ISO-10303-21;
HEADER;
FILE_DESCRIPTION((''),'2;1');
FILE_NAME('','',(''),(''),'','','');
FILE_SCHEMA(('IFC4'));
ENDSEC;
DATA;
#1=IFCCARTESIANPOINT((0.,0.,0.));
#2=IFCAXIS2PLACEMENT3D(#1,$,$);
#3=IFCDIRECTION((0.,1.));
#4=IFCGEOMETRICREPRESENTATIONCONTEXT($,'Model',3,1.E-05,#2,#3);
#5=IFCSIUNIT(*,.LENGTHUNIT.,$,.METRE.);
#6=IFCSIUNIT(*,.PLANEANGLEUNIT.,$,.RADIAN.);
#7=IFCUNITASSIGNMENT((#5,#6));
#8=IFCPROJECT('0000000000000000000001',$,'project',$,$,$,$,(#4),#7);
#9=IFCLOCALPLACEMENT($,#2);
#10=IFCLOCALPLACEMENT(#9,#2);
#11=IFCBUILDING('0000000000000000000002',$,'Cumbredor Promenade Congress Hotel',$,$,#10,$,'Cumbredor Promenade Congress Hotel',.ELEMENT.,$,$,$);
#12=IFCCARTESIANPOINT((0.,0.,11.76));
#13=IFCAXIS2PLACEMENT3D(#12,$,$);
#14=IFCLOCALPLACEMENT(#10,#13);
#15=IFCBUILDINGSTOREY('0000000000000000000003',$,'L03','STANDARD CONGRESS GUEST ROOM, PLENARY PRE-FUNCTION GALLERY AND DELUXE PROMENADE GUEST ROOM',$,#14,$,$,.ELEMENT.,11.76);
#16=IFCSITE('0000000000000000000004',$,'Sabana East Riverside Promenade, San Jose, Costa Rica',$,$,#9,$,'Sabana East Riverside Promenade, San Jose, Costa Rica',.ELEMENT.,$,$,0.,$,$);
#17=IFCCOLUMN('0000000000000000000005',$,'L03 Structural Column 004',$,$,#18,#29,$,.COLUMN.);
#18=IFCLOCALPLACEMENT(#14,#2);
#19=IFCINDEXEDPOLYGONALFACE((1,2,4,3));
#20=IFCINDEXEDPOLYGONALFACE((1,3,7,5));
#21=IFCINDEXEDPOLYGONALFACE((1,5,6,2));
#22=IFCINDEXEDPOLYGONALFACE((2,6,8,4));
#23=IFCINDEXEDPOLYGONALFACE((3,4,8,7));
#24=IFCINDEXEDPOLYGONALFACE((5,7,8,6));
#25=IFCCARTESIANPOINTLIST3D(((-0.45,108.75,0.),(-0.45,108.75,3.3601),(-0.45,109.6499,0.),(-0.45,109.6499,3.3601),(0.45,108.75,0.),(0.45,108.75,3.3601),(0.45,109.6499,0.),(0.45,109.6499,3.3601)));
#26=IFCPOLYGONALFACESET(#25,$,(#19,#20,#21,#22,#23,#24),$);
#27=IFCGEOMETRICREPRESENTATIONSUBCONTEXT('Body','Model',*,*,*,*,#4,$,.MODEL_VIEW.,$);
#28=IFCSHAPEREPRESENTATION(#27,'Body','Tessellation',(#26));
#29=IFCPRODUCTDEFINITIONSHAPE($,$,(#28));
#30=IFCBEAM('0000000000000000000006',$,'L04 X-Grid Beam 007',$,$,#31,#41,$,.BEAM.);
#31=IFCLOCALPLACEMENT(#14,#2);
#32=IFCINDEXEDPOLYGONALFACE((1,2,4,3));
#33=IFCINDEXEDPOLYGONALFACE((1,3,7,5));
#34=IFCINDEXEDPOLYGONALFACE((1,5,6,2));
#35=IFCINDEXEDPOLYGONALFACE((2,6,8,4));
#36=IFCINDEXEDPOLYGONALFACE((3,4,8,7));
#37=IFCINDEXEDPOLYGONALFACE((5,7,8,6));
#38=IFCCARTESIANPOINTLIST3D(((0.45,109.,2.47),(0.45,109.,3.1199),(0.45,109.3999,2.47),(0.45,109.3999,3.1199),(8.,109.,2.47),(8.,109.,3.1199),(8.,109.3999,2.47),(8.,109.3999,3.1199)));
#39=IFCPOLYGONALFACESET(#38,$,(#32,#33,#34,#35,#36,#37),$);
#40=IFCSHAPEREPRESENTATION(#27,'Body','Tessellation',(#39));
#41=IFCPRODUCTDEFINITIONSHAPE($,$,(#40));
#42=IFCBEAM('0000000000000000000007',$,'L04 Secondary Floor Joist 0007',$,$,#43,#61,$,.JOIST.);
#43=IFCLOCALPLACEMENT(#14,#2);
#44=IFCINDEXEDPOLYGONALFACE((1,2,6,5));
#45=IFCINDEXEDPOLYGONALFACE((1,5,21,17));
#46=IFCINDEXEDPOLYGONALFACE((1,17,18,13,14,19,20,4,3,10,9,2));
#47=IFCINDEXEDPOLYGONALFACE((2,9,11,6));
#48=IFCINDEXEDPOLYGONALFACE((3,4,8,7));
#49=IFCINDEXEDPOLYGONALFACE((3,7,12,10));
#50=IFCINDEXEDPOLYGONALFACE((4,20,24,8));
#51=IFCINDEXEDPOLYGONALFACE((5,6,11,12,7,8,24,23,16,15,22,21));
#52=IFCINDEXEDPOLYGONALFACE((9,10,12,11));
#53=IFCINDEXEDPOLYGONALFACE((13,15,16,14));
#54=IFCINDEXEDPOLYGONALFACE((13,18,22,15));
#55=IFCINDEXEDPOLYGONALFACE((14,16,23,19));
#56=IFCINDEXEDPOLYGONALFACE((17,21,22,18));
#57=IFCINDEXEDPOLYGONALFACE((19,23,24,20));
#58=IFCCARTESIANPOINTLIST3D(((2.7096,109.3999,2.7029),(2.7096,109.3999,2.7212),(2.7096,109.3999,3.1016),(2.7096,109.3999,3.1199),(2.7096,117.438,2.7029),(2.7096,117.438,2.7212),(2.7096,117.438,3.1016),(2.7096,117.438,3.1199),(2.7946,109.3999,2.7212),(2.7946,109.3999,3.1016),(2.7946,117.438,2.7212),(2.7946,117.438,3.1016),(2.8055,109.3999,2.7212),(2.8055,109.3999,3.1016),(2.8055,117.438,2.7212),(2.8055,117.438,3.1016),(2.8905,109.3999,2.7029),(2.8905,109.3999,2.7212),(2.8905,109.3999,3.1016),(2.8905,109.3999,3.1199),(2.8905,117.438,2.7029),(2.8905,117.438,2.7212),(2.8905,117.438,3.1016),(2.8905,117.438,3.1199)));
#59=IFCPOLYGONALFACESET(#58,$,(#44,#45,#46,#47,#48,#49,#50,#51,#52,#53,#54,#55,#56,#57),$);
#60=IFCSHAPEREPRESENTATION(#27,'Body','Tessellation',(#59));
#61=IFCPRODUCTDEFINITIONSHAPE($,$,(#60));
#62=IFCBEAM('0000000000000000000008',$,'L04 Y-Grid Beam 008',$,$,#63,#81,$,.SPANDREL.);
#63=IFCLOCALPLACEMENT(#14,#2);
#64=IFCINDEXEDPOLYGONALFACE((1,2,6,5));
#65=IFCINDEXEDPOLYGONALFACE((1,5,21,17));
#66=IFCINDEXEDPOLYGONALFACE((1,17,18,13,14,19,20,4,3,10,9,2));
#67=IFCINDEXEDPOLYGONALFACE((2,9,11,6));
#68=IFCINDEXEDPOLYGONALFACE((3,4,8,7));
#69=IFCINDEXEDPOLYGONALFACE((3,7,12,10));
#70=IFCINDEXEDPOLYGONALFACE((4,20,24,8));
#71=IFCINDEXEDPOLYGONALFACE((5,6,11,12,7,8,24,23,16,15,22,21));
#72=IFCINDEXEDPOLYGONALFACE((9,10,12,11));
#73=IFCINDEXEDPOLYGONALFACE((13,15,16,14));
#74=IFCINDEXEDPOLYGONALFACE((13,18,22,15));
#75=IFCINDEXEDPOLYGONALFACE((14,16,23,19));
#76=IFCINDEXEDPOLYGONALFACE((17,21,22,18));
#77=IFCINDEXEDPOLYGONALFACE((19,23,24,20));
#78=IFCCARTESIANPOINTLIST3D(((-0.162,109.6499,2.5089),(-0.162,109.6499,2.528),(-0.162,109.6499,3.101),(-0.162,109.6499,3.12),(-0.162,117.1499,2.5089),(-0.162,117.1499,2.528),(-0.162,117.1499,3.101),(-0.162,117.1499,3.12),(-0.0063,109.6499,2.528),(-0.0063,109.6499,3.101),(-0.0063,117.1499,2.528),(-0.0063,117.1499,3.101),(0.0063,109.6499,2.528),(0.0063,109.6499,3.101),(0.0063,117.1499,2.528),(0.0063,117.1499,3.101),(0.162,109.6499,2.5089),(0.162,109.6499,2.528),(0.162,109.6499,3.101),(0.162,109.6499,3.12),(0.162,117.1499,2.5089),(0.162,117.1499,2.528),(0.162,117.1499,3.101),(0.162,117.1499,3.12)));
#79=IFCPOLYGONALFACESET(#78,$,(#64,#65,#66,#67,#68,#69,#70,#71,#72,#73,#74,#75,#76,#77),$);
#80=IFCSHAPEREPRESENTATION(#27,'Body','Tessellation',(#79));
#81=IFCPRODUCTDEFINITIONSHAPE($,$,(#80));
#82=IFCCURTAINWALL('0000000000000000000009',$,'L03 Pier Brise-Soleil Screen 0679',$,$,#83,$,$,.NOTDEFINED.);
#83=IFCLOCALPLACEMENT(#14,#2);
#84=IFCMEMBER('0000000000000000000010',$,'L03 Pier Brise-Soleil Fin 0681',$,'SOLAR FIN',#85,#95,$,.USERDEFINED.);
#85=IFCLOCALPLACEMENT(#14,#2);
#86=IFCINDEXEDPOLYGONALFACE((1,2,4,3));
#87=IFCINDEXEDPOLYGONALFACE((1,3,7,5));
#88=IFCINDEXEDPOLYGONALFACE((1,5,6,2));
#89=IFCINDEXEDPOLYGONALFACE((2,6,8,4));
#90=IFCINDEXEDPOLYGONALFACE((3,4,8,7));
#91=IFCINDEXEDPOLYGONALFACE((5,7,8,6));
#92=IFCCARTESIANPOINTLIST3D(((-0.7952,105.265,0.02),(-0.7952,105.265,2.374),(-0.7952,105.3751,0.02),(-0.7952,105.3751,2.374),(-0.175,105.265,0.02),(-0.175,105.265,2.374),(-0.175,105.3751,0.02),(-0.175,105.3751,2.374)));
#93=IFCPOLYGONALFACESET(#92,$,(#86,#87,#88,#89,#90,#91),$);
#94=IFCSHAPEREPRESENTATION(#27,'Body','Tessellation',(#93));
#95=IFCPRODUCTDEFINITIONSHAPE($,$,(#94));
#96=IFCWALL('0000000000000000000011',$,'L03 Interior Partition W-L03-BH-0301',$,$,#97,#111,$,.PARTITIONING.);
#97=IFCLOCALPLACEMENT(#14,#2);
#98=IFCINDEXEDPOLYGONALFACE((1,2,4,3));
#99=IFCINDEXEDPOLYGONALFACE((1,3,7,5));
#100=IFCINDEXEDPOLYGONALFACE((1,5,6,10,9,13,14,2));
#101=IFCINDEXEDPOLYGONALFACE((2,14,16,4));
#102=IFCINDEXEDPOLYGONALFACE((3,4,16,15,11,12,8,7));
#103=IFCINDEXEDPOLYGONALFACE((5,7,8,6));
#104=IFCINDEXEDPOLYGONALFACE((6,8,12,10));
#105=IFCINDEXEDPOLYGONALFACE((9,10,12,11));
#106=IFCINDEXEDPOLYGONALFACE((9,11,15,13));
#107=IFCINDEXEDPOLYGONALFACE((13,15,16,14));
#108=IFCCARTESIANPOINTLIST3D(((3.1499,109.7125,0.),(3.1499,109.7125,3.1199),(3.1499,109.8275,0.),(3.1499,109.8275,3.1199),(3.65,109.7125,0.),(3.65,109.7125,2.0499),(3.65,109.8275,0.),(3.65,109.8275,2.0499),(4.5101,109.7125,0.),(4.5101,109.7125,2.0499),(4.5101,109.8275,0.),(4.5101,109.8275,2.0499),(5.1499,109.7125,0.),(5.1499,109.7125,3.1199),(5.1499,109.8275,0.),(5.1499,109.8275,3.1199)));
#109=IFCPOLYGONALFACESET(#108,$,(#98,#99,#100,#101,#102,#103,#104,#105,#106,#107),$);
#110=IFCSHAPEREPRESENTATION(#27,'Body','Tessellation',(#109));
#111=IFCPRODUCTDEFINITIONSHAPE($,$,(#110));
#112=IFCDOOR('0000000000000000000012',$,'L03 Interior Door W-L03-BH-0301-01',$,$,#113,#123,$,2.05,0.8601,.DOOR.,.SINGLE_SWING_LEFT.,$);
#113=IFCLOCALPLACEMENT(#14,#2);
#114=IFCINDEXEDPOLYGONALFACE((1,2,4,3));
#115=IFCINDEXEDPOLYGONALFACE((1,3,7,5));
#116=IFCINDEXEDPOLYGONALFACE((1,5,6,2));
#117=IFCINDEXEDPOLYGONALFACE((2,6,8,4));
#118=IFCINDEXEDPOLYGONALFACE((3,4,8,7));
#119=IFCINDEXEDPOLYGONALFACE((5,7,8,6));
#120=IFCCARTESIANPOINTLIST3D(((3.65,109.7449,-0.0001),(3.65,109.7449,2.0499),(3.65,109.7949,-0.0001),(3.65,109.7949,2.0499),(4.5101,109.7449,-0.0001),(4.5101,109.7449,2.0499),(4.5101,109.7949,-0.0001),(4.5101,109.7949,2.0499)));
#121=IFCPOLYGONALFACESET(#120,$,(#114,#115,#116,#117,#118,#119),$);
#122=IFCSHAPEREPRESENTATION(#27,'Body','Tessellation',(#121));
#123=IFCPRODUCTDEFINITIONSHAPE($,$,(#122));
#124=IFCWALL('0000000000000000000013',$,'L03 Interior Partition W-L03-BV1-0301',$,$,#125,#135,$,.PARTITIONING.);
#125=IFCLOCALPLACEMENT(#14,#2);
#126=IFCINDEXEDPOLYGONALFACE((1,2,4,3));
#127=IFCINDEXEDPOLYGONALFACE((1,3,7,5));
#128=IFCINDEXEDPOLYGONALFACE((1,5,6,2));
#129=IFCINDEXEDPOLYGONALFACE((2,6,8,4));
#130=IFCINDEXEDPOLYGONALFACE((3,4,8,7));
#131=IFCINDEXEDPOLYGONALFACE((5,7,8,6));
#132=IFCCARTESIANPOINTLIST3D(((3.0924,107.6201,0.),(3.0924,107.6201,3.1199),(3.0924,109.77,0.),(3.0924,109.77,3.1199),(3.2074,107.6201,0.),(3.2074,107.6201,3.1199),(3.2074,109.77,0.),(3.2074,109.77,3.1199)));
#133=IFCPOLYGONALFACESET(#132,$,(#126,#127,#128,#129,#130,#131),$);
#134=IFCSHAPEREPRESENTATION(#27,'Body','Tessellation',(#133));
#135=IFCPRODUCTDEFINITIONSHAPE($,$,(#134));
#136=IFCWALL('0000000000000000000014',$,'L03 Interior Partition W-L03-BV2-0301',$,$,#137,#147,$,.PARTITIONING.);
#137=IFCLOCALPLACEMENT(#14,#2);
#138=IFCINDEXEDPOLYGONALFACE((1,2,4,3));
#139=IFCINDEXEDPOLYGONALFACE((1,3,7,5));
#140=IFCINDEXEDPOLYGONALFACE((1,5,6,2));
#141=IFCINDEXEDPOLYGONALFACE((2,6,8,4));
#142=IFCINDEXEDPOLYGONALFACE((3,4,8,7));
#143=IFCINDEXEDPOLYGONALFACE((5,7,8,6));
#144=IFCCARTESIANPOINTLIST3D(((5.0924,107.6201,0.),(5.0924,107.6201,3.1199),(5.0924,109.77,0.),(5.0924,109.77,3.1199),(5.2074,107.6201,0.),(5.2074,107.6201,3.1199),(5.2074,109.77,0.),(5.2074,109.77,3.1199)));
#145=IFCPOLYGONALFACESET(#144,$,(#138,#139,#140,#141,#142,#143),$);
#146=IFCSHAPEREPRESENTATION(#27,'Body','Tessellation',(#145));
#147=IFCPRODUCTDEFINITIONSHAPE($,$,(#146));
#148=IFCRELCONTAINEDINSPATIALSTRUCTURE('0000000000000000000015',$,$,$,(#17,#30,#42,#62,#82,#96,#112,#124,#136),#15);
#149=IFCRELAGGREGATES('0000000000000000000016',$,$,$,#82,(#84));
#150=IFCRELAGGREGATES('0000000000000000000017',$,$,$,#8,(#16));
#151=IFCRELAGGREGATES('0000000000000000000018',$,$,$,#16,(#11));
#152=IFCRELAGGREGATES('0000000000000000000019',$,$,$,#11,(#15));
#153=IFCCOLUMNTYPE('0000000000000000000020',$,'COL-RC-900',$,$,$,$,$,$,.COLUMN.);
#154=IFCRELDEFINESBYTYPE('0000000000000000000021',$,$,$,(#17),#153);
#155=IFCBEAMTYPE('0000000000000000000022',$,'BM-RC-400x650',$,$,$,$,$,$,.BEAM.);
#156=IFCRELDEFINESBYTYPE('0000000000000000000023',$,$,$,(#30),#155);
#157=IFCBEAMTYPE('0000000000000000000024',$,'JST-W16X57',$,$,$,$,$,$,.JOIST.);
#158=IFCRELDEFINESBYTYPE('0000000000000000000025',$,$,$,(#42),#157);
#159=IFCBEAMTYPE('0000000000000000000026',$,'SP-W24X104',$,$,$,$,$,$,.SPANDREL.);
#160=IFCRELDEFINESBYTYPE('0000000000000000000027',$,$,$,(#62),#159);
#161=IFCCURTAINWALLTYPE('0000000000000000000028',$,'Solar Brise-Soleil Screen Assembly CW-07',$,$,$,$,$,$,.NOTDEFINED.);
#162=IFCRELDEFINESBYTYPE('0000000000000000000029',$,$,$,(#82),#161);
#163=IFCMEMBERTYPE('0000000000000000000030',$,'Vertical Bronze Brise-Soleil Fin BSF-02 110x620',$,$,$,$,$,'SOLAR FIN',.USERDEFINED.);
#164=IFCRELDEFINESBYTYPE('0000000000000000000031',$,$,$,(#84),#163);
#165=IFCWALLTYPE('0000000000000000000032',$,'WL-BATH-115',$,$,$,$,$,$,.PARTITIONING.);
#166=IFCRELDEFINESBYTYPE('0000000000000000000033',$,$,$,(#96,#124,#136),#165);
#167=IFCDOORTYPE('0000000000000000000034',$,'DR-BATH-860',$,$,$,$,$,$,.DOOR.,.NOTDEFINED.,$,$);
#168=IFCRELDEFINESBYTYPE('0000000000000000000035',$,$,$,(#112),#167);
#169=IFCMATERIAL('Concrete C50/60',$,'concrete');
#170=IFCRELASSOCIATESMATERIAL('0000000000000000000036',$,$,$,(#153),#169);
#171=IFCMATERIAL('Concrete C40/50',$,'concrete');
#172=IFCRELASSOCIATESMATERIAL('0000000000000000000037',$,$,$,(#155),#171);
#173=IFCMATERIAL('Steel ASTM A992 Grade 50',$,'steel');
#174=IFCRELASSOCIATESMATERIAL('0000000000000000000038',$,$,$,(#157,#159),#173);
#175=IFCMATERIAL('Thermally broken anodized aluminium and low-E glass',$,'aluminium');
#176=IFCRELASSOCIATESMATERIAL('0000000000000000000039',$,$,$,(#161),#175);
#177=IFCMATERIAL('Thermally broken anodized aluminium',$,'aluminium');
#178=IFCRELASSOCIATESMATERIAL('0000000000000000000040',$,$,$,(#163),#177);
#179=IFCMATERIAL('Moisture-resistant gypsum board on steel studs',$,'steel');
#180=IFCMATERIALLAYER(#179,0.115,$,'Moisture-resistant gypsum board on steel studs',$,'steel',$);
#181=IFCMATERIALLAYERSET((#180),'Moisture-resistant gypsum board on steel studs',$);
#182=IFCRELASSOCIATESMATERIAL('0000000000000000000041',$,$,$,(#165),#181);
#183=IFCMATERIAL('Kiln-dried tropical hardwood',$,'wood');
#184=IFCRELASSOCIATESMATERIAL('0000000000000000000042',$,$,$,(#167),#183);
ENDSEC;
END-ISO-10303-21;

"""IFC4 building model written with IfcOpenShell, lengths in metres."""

from ifc_helpers import new_model, si_unit, direction, frame, frame_2d, origin, origin_2d, place, context, subcontext, project, spatial, rectangle, i_section, extrude, material, layer, layer_set, material_profile, profile_set, type_object, element, fill, aggregate, save


model = new_model("IFC4")

# Units and contexts
model_context = context("Model", 3, precision=1e-05, world=origin(), true_north=direction((0.0, 1.0)))
body_context = subcontext(model_context, "Body", "Model", "MODEL_VIEW")
ifc_project = project(units=[si_unit("LENGTHUNIT", "METRE"), si_unit("PLANEANGLEUNIT", "RADIAN")], contexts=[model_context])

# Site, building, storey
site_placement = place(None, origin())
site = spatial("IfcSite", under=ifc_project, at=site_placement, Name="Sabana East Riverside Promenade, San Jose, Costa Rica", LongName="Sabana East Riverside Promenade, San Jose, Costa Rica", CompositionType="ELEMENT", RefElevation=0.0)
building_placement = place(site_placement, origin())
building = spatial("IfcBuilding", under=site, at=building_placement, Name="Cumbredor Promenade Congress Hotel", LongName="Cumbredor Promenade Congress Hotel", CompositionType="ELEMENT")
storey_placement = place(building_placement, frame((0.0, 0.0, 11.76)))
storey = spatial("IfcBuildingStorey", under=building, at=storey_placement, Name="L03", Description="STANDARD CONGRESS GUEST ROOM, PLENARY PRE-FUNCTION GALLERY AND DELUXE PROMENADE GUEST ROOM", CompositionType="ELEMENT", Elevation=11.76)

# Column
ifc_material_1 = material(Name="Concrete C50/60", Category="concrete")
ifc_material_profile_1 = material_profile(ifc_material_1, rectangle(XDim=0.8999, YDim=0.8999, at=origin_2d()), Name="RC 900x900")
ifc_profile_set_1 = profile_set([ifc_material_profile_1], Name="Concrete C50/60")
column_type = type_object("IfcColumnType", Name="COL-RC-900", PredefinedType="COLUMN", material=ifc_profile_set_1)
column_placement = place(storey_placement, frame((0.0, 109.2, 0.0), z_axis=(0.0, 0.0, 1.0), x_axis=(1.0, 0.0, 0.0)))
element("IfcColumn", 1, at=column_placement, inside=storey, type_object=column_type, Name="L03 Structural Column 004", PredefinedType="COLUMN", context=body_context, shape_type="SweptSolid", body=[
    extrude(rectangle(XDim=0.8999, YDim=0.8999, at=origin_2d()), origin(), (0.0, 0.0, 1.0), 3.3601),
])

# Beams
ifc_material_2 = material(Name="Concrete C40/50", Category="concrete")
ifc_material_profile_2 = material_profile(ifc_material_2, rectangle(XDim=0.3999, YDim=0.6499, at=origin_2d()), Name="RC BEAM 400x650")
ifc_profile_set_2 = profile_set([ifc_material_profile_2], Name="Concrete C40/50")
beam_type_1 = type_object("IfcBeamType", Name="BM-RC-400x650", PredefinedType="BEAM", material=ifc_profile_set_2)
beam_1_placement = place(storey_placement, frame((0.45, 109.2, 2.7949), z_axis=(1.0, 0.0, 0.0), x_axis=(0.0, 1.0, 0.0)))
element("IfcBeam", 2, at=beam_1_placement, inside=storey, type_object=beam_type_1, Name="L04 X-Grid Beam 007", PredefinedType="BEAM", context=body_context, shape_type="SweptSolid", body=[
    extrude(rectangle(XDim=0.3999, YDim=0.6499, at=origin_2d()), origin(), (0.0, 0.0, 1.0), 7.55),
])
ifc_material_3 = material(Name="Steel ASTM A992 Grade 50", Category="steel")
ifc_material_profile_3 = material_profile(ifc_material_3, i_section(OverallWidth=0.1809, OverallDepth=0.417, WebThickness=0.011, FlangeThickness=0.0183, at=origin_2d()), Name="W16X57")
ifc_profile_set_3 = profile_set([ifc_material_profile_3], Name="Steel ASTM A992 Grade 50")
beam_type_2 = type_object("IfcBeamType", Name="JST-W16X57", PredefinedType="JOIST", material=ifc_profile_set_3)
beam_2_placement = place(storey_placement, frame((2.8, 109.3999, 2.9114), z_axis=(0.0, 1.0, 0.0), x_axis=(-1.0, 0.0, 0.0)))
element("IfcBeam", 3, at=beam_2_placement, inside=storey, type_object=beam_type_2, Name="L04 Secondary Floor Joist 0007", PredefinedType="JOIST", context=body_context, shape_type="SweptSolid", body=[
    extrude(i_section(OverallWidth=0.1809, OverallDepth=0.417, WebThickness=0.011, FlangeThickness=0.0183, at=origin_2d()), origin(), (0.0, 0.0, 1.0), 8.0381),
])
ifc_material_profile_4 = material_profile(ifc_material_3, i_section(OverallWidth=0.324, OverallDepth=0.6111, WebThickness=0.0127, FlangeThickness=0.019, at=origin_2d()), Name="W24X104")
ifc_profile_set_4 = profile_set([ifc_material_profile_4], Name="Steel ASTM A992 Grade 50")
beam_type_3 = type_object("IfcBeamType", Name="SP-W24X104", PredefinedType="SPANDREL", material=ifc_profile_set_4)
beam_3_placement = place(storey_placement, frame((0.0, 109.6499, 2.8145), z_axis=(0.0, 1.0, 0.0), x_axis=(-1.0, 0.0, 0.0)))
element("IfcBeam", 4, at=beam_3_placement, inside=storey, type_object=beam_type_3, Name="L04 Y-Grid Beam 008", PredefinedType="SPANDREL", context=body_context, shape_type="SweptSolid", body=[
    extrude(i_section(OverallWidth=0.324, OverallDepth=0.6111, WebThickness=0.0127, FlangeThickness=0.019, at=origin_2d()), origin(), (0.0, 0.0, 1.0), 7.5),
])

# Curtain wall, member
ifc_material_4 = material(Name="Thermally broken anodized aluminium and low-E glass", Category="aluminium")
curtain_wall_type = type_object("IfcCurtainWallType", Name="Solar Brise-Soleil Screen Assembly CW-07", PredefinedType="NOTDEFINED", material=ifc_material_4)
curtain_wall_placement = place(storey_placement, origin())
curtain_wall = element("IfcCurtainWall", 5, at=curtain_wall_placement, inside=storey, type_object=curtain_wall_type, Name="L03 Pier Brise-Soleil Screen 0679", PredefinedType="NOTDEFINED")
ifc_material_5 = material(Name="Thermally broken anodized aluminium", Category="aluminium")
ifc_material_profile_5 = material_profile(ifc_material_5, rectangle(XDim=0.1101, YDim=0.6201, at=origin_2d()), Name="ARCH FIN 110x620")
ifc_profile_set_5 = profile_set([ifc_material_profile_5], Name="Thermally broken anodized aluminium")
member_type = type_object("IfcMemberType", Name="Vertical Bronze Brise-Soleil Fin BSF-02 110x620", ElementType="SOLAR FIN", PredefinedType="USERDEFINED", material=ifc_profile_set_5)
member_placement = place(storey_placement, frame((-0.4851, 105.3201, 0.02), z_axis=(0.0, 0.0, 1.0), x_axis=(0.0, 1.0, 0.0)))
member = element("IfcMember", 6, at=member_placement, type_object=member_type, Name="L03 Pier Brise-Soleil Fin 0681", ObjectType="SOLAR FIN", PredefinedType="USERDEFINED", context=body_context, shape_type="SweptSolid", body=[
    extrude(rectangle(XDim=0.1101, YDim=0.6201, at=origin_2d()), origin(), (0.0, 0.0, 1.0), 2.354),
])
aggregate(curtain_wall, [member])

# Wall, opening, door
ifc_material_6 = material(Name="Moisture-resistant gypsum board on steel studs", Category="steel")
ifc_layer_1 = layer(ifc_material_6, 0.115, Name="Moisture-resistant gypsum board on steel studs", Category="steel")
ifc_layer_set_1 = layer_set([ifc_layer_1], Name="Moisture-resistant gypsum board on steel studs")
wall_type_1 = type_object("IfcWallType", Name="WL-BATH-115", PredefinedType="PARTITIONING", material=ifc_layer_set_1)
wall_1_placement = place(storey_placement, frame((3.1499, 109.77, 0.0), z_axis=(0.0, 0.0, 1.0), x_axis=(1.0, 0.0, 0.0)))
wall_1 = element("IfcWall", 7, at=wall_1_placement, inside=storey, type_object=wall_type_1, Name="L03 Interior Partition W-L03-BH-0301", PredefinedType="PARTITIONING", context=body_context, shape_type="SweptSolid", body=[
    extrude(rectangle(XDim=2.0, YDim=0.115, at=frame_2d((1.0, 0.0))), origin(), (0.0, 0.0, 1.0), 3.1199),
])
opening_1_placement = place(wall_1_placement, frame((0.5, 0.0, 0.0)))
opening_1 = element("IfcOpeningElement", 8, at=opening_1_placement, cuts=wall_1, PredefinedType="OPENING", context=body_context, shape_type="SweptSolid", body=[
    extrude(rectangle(XDim=0.8601, YDim=2.05, at=frame_2d((0.4302, 1.0249))), frame((0.0, 0.0674, 0.0), z_axis=(0.0, -1.0, 0.0), x_axis=(1.0, 0.0, 0.0)), (0.0, 0.0, 1.0), 0.135),
])
ifc_material_7 = material(Name="Kiln-dried tropical hardwood", Category="wood")
door_type_1 = type_object("IfcDoorType", Name="DR-BATH-860", OperationType="NOTDEFINED", PredefinedType="DOOR", material=ifc_material_7)
door_1_placement = place(opening_1_placement, origin())
door_1 = element("IfcDoor", 9, at=door_1_placement, inside=storey, type_object=door_type_1, Name="L03 Interior Door W-L03-BH-0301-01", OperationType="SINGLE_SWING_LEFT", OverallHeight=2.05, OverallWidth=0.8601, PredefinedType="DOOR", context=body_context, shape_type="SweptSolid", body=[
    extrude(rectangle(XDim=0.8601, YDim=2.05, at=frame_2d((0.4302, 1.0249))), frame((0.0, 0.0249, 0.0), z_axis=(0.0, -1.0, 0.0), x_axis=(1.0, 0.0, 0.0)), (0.0, 0.0, 1.0), 0.05),
])
fill(opening_1, door_1)

# Walls
for number, where, z_axis, x_axis, name in (
    (10, (3.1499, 107.6201, 0.0), (0.0, 0.0, 1.0), (0.0, 1.0, 0.0), "L03 Interior Partition W-L03-BV1-0301"),
    (11, (5.1499, 107.6201, 0.0), (0.0, 0.0, 1.0), (0.0, 1.0, 0.0), "L03 Interior Partition W-L03-BV2-0301"),
):
    element("IfcWall", number, at=place(storey_placement, frame(where, z_axis=z_axis, x_axis=x_axis)), inside=storey, type_object=wall_type_1, Name=name, PredefinedType="PARTITIONING", context=body_context, shape_type="SweptSolid", body=[
        extrude(rectangle(XDim=2.1499, YDim=0.115, at=frame_2d((1.075, 0.0))), origin(), (0.0, 0.0, 1.0), 3.1199),
    ])

save(model, "model.ifc")
